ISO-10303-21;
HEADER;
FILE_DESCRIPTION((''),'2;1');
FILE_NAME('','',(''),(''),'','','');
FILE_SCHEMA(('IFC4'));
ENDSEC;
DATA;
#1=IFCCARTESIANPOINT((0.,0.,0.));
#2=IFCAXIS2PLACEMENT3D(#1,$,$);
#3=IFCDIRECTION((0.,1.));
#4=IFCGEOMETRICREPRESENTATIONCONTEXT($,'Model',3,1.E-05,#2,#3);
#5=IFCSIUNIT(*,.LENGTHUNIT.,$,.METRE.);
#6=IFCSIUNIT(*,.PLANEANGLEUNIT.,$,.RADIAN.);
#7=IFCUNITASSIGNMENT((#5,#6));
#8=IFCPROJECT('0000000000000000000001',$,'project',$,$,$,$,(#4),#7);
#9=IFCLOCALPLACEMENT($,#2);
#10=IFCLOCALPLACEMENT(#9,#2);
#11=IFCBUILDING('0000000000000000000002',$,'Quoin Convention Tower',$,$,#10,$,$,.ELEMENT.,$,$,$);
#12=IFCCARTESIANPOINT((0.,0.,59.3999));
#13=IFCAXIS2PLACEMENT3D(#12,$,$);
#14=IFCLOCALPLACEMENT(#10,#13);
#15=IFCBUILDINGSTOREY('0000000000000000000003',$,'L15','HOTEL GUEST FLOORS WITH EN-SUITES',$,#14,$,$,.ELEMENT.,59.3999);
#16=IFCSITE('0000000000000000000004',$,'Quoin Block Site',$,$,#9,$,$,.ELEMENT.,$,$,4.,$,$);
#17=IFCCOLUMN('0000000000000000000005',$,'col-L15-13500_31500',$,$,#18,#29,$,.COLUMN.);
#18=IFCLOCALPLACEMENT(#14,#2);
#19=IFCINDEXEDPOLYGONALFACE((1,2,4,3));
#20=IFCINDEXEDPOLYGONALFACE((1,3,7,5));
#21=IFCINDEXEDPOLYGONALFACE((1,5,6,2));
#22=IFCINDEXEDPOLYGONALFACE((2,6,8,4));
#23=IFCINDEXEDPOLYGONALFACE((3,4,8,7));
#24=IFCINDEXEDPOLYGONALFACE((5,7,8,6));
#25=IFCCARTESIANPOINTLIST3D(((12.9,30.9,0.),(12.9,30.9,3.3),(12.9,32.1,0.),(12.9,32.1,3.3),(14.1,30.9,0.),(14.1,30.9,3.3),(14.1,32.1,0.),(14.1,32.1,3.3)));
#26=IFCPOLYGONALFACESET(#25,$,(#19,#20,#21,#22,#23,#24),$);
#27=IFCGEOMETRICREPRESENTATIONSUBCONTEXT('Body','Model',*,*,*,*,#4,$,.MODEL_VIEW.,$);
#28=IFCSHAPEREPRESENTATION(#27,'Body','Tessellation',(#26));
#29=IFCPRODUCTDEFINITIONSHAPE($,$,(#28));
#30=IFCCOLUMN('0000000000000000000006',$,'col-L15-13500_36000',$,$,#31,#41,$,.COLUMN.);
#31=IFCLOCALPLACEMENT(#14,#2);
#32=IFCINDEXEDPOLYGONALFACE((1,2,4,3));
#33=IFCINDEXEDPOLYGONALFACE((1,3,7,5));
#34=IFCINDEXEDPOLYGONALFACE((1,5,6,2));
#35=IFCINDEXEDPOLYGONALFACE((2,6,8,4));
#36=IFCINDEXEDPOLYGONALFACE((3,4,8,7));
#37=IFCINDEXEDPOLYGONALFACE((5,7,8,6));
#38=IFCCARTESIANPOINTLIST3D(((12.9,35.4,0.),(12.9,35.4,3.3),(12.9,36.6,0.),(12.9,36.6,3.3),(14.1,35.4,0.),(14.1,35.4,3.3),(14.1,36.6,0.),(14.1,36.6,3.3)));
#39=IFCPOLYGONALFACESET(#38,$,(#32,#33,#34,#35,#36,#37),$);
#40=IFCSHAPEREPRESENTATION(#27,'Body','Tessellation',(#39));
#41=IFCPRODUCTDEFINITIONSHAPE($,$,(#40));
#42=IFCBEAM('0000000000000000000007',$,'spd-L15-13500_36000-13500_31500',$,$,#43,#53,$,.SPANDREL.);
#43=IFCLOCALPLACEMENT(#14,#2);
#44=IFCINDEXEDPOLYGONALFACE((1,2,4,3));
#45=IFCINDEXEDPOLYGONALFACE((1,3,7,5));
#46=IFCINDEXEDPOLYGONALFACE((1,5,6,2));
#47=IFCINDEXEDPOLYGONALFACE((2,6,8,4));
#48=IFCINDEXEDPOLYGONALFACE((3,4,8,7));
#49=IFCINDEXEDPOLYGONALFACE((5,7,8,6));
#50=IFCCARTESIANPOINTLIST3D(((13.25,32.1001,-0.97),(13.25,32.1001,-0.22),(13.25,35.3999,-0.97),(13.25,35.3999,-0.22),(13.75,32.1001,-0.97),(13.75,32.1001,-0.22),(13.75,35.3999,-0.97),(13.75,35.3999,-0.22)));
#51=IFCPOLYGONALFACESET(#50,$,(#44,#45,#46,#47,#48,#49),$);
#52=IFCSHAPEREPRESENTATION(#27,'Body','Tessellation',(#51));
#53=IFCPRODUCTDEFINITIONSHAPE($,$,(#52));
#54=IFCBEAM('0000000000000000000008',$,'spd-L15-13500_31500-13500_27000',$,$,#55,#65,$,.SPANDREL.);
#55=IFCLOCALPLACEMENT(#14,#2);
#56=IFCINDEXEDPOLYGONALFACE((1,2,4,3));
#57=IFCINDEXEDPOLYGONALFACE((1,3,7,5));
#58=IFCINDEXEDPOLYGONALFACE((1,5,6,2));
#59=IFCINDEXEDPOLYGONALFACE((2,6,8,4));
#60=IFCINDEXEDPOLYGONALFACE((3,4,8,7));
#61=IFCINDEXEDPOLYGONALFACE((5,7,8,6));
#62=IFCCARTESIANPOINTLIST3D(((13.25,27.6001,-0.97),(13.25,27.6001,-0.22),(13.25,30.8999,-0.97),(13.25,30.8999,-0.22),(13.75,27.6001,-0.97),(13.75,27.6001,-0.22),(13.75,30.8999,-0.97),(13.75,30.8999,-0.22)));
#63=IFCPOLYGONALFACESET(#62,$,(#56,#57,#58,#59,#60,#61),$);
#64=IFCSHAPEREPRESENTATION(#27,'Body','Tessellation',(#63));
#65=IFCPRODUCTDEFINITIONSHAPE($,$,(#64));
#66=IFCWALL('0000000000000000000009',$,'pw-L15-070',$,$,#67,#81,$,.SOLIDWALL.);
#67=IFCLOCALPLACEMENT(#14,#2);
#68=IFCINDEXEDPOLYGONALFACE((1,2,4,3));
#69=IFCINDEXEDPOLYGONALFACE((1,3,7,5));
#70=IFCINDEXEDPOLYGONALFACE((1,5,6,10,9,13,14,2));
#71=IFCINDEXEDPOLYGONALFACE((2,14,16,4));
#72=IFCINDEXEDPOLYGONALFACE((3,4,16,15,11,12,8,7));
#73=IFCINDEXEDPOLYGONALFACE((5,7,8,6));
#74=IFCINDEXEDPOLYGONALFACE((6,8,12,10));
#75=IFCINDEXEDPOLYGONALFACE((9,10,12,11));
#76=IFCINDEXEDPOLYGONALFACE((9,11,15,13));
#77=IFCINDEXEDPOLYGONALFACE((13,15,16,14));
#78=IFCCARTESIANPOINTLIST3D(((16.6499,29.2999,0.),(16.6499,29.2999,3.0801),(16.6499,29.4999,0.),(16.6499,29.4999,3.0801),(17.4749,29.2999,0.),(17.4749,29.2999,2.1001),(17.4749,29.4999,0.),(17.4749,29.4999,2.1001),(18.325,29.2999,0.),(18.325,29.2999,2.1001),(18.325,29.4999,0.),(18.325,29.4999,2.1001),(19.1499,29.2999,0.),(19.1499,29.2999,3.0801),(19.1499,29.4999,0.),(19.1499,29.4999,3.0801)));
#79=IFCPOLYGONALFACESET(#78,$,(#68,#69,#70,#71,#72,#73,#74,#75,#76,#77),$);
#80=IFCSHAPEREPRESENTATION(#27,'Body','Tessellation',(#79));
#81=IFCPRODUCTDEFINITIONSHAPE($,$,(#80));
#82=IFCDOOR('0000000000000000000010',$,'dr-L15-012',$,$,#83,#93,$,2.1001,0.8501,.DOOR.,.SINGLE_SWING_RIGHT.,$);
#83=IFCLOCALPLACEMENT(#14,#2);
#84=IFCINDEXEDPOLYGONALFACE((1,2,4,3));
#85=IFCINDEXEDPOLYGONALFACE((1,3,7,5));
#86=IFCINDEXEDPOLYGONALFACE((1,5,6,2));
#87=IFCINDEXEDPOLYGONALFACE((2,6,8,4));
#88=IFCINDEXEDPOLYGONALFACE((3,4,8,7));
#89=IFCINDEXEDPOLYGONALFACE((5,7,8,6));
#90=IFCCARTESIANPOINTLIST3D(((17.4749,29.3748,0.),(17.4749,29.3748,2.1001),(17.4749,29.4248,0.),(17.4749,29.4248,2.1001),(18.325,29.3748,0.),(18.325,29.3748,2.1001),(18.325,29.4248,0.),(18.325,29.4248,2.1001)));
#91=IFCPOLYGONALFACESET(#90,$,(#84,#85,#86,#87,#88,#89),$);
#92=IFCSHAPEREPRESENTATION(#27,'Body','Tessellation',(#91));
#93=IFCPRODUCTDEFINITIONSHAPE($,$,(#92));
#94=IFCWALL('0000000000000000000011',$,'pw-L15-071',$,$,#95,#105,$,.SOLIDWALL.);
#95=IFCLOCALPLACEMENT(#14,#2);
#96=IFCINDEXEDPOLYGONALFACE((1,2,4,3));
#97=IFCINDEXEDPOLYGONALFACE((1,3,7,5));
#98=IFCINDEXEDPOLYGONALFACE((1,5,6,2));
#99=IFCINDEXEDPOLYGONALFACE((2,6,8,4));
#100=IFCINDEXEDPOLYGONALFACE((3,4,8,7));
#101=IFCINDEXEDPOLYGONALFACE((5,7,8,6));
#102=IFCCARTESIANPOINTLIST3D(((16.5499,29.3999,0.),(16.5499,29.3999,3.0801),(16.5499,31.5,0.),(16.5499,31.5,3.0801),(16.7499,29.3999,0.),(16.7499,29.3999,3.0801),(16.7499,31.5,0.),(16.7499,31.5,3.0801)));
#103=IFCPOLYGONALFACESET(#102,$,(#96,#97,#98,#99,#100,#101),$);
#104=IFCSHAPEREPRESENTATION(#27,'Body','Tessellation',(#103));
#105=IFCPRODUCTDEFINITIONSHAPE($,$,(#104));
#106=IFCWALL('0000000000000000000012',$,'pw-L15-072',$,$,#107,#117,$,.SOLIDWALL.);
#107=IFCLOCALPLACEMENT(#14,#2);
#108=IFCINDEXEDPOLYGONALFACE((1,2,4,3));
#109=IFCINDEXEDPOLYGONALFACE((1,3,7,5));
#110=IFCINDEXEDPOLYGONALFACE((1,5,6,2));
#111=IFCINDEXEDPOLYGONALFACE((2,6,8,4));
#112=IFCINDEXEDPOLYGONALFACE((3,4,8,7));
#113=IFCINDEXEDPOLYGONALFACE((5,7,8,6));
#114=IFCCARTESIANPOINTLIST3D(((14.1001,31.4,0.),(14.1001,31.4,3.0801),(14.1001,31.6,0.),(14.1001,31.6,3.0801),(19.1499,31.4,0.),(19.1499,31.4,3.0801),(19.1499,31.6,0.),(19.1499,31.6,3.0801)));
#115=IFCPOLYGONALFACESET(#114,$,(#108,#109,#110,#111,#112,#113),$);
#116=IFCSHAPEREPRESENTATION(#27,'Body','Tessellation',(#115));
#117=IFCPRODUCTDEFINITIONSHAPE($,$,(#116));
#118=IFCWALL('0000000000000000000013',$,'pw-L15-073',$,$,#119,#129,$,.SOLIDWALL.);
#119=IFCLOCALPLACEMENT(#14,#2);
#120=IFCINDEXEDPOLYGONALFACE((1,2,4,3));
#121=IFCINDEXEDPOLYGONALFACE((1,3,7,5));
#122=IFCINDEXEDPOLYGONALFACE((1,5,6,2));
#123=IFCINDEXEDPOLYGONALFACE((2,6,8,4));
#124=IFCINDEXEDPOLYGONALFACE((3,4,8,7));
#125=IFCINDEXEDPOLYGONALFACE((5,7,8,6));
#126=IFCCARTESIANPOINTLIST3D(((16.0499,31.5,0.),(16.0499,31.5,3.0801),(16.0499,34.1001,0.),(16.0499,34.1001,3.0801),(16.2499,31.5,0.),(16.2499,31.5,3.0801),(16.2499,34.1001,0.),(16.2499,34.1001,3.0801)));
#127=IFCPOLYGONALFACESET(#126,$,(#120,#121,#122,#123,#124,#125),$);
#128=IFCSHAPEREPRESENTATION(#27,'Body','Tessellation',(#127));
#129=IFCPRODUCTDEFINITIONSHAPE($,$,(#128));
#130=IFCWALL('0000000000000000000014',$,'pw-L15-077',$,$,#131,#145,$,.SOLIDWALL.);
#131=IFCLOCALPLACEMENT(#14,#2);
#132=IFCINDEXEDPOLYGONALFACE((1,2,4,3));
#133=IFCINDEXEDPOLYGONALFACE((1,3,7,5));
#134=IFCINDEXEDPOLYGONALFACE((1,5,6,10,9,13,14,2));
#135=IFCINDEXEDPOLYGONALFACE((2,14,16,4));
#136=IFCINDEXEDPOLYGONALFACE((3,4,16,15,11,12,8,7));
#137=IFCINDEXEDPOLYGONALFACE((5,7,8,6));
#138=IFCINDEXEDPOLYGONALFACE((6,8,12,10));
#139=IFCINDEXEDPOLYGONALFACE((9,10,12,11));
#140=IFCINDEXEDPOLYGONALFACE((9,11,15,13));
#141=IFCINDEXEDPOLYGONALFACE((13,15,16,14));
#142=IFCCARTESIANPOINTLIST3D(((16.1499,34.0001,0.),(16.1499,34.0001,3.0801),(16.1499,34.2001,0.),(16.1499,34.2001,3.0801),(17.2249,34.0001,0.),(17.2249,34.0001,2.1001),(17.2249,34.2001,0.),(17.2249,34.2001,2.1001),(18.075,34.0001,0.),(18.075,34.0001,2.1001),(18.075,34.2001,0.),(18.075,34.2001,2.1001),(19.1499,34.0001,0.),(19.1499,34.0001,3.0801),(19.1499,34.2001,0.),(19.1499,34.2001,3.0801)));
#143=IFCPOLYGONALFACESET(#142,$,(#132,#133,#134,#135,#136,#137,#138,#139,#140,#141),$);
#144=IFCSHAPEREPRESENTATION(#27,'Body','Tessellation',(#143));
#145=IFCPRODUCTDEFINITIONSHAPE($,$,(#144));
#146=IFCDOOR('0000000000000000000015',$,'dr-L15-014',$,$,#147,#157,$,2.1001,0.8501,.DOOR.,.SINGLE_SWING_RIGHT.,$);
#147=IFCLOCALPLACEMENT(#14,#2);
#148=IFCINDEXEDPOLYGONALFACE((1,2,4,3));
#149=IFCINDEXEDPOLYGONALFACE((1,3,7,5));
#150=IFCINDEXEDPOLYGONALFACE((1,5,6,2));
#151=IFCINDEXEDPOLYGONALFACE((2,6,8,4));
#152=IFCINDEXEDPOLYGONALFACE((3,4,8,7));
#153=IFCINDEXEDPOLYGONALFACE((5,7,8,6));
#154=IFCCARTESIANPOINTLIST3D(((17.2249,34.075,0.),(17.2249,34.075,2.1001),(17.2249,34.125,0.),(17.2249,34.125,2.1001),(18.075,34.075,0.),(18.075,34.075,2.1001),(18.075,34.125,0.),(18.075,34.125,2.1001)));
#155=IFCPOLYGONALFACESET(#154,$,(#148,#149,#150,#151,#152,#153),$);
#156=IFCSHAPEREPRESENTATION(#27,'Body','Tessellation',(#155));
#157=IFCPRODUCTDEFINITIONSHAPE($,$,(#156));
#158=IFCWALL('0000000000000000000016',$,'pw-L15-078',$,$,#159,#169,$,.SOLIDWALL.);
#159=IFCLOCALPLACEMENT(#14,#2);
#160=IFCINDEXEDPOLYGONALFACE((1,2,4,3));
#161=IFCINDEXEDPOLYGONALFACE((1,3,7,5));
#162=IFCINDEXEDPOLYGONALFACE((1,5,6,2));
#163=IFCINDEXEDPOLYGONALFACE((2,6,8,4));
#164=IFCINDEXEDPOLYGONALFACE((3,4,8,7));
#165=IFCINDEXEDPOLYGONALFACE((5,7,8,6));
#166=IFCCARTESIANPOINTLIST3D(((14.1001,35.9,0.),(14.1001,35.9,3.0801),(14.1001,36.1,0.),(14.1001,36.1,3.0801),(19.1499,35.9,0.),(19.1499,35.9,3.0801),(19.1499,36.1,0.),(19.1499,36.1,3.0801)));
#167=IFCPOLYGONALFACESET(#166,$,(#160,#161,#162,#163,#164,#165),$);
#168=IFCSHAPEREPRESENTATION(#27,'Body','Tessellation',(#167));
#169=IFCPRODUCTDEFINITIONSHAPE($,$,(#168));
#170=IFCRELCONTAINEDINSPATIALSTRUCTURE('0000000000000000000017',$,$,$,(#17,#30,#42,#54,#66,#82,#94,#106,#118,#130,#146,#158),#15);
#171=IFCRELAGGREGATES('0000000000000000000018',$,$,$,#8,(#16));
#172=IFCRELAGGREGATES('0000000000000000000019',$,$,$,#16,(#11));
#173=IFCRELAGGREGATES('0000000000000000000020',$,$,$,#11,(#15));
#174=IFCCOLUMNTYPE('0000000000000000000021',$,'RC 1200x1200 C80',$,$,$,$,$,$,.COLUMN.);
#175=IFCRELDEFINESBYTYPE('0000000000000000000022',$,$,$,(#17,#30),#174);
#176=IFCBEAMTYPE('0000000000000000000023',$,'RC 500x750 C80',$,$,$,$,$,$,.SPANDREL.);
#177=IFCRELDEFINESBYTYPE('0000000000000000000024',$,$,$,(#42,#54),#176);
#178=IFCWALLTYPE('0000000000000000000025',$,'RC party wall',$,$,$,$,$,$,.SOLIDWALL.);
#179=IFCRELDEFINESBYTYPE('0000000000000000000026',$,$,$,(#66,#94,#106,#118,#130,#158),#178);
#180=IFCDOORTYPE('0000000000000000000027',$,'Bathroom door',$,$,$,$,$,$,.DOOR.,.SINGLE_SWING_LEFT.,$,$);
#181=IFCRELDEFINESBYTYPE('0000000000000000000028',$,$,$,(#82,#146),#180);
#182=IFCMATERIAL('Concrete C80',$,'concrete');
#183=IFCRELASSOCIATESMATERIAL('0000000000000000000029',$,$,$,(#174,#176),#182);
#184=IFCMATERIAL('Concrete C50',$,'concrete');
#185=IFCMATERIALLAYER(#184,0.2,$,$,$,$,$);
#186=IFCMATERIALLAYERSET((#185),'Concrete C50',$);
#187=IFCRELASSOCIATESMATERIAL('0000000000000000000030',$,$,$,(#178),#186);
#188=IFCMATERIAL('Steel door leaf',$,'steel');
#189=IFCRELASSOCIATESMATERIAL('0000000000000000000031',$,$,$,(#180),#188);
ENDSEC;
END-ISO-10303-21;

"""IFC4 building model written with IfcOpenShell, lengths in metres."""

from ifc_helpers import new_model, si_unit, direction, frame, frame_2d, origin, origin_2d, place, context, subcontext, project, spatial, rectangle, extrude, material, layer, layer_set, material_profile, profile_set, type_object, element, fill, save


model = new_model("IFC4")

# Units and contexts
model_context = context("Model", 3, precision=1e-05, world=origin(), true_north=direction((0.0, 1.0)))
body_context = subcontext(model_context, "Body", "Model", "MODEL_VIEW")
ifc_project = project(units=[si_unit("LENGTHUNIT", "METRE"), si_unit("PLANEANGLEUNIT", "RADIAN")], contexts=[model_context])

# Site, building, storey
site_placement = place(None, origin())
site = spatial("IfcSite", under=ifc_project, at=site_placement, Name="Quoin Block Site", CompositionType="ELEMENT", RefElevation=4.0)
building_placement = place(site_placement, origin())
building = spatial("IfcBuilding", under=site, at=building_placement, Name="Quoin Convention Tower", CompositionType="ELEMENT")
storey_placement = place(building_placement, frame((0.0, 0.0, 59.3999)))
storey = spatial("IfcBuildingStorey", under=building, at=storey_placement, Name="L15", Description="HOTEL GUEST FLOORS WITH EN-SUITES", CompositionType="ELEMENT", Elevation=59.3999)

# Columns
ifc_material_1 = material(Name="Concrete C80", Category="concrete")
ifc_material_profile_1 = material_profile(ifc_material_1, rectangle(XDim=1.2, YDim=1.2, at=origin_2d()), Name="RC 1200x1200")
ifc_profile_set_1 = profile_set([ifc_material_profile_1], Name="Concrete C80")
column_type = type_object("IfcColumnType", Name="RC 1200x1200 C80", PredefinedType="COLUMN", material=ifc_profile_set_1)
for number, where, z_axis, x_axis, name in (
    (1, (13.5, 31.5, 0.0), (0.0, 0.0, 1.0), (1.0, 0.0, 0.0), "col-L15-13500_31500"),
    (2, (13.5, 36.0, 0.0), (0.0, 0.0, 1.0), (1.0, 0.0, 0.0), "col-L15-13500_36000"),
):
    element("IfcColumn", number, at=place(storey_placement, frame(where, z_axis=z_axis, x_axis=x_axis)), inside=storey, type_object=column_type, Name=name, PredefinedType="COLUMN", context=body_context, shape_type="SweptSolid", body=[
        extrude(rectangle(XDim=1.2, YDim=1.2, at=origin_2d()), origin(), (0.0, 0.0, 1.0), 3.3),
    ])

# Beams
ifc_material_profile_2 = material_profile(ifc_material_1, rectangle(XDim=0.5, YDim=0.75, at=origin_2d()), Name="RC 500x750")
ifc_profile_set_2 = profile_set([ifc_material_profile_2], Name="Concrete C80")
beam_type = type_object("IfcBeamType", Name="RC 500x750 C80", PredefinedType="SPANDREL", material=ifc_profile_set_2)
for number, where, z_axis, x_axis, name in (
    (3, (13.5, 35.3999, -0.595), (0.0, -1.0, 0.0), (1.0, 0.0, 0.0), "spd-L15-13500_36000-13500_31500"),
    (4, (13.5, 30.8999, -0.595), (0.0, -1.0, 0.0), (1.0, 0.0, 0.0), "spd-L15-13500_31500-13500_27000"),
):
    element("IfcBeam", number, at=place(storey_placement, frame(where, z_axis=z_axis, x_axis=x_axis)), inside=storey, type_object=beam_type, Name=name, PredefinedType="SPANDREL", context=body_context, shape_type="SweptSolid", body=[
        extrude(rectangle(XDim=0.5, YDim=0.75, at=origin_2d()), origin(), (0.0, 0.0, 1.0), 3.2998),
    ])

# Wall, opening, door
ifc_material_2 = material(Name="Concrete C50", Category="concrete")
ifc_layer_1 = layer(ifc_material_2, 0.2)
ifc_layer_set_1 = layer_set([ifc_layer_1], Name="Concrete C50")
wall_type_1 = type_object("IfcWallType", Name="RC party wall", PredefinedType="SOLIDWALL", material=ifc_layer_set_1)
wall_1_placement = place(storey_placement, frame((16.6499, 29.3999, 0.0), z_axis=(0.0, 0.0, 1.0), x_axis=(1.0, 0.0, 0.0)))
wall_1 = element("IfcWall", 5, at=wall_1_placement, inside=storey, type_object=wall_type_1, Name="pw-L15-070", PredefinedType="SOLIDWALL", context=body_context, shape_type="SweptSolid", body=[
    extrude(rectangle(XDim=2.5, YDim=0.2, at=frame_2d((1.25, 0.0))), origin(), (0.0, 0.0, 1.0), 3.0801),
])
opening_1_placement = place(wall_1_placement, frame((0.825, 0.0, 0.0)))
opening_1 = element("IfcOpeningElement", 6, at=opening_1_placement, cuts=wall_1, PredefinedType="OPENING", context=body_context, shape_type="SweptSolid", body=[
    extrude(rectangle(XDim=0.8501, YDim=2.1001, at=frame_2d((0.425, 1.05))), frame((0.0, 0.1099, 0.0), z_axis=(0.0, -1.0, 0.0), x_axis=(1.0, 0.0, 0.0)), (0.0, 0.0, 1.0), 0.22),
])
ifc_material_3 = material(Name="Steel door leaf", Category="steel")
door_type = type_object("IfcDoorType", Name="Bathroom door", OperationType="SINGLE_SWING_LEFT", PredefinedType="DOOR", material=ifc_material_3)
door_1_placement = place(opening_1_placement, origin())
door_1 = element("IfcDoor", 7, at=door_1_placement, inside=storey, type_object=door_type, Name="dr-L15-012", OperationType="SINGLE_SWING_RIGHT", OverallHeight=2.1001, OverallWidth=0.8501, PredefinedType="DOOR", context=body_context, shape_type="SweptSolid", body=[
    extrude(rectangle(XDim=0.8501, YDim=2.1001, at=frame_2d((0.425, 1.05))), frame((0.0, 0.0249, 0.0), z_axis=(0.0, -1.0, 0.0), x_axis=(1.0, 0.0, 0.0)), (0.0, 0.0, 1.0), 0.05),
])
fill(opening_1, door_1)

# Walls
wall_2_placement = place(storey_placement, frame((16.6499, 29.3999, 0.0), z_axis=(0.0, 0.0, 1.0), x_axis=(0.0, 1.0, 0.0)))
element("IfcWall", 8, at=wall_2_placement, inside=storey, type_object=wall_type_1, Name="pw-L15-071", PredefinedType="SOLIDWALL", context=body_context, shape_type="SweptSolid", body=[
    extrude(rectangle(XDim=2.1001, YDim=0.2, at=frame_2d((1.05, 0.0))), origin(), (0.0, 0.0, 1.0), 3.0801),
])
wall_3_placement = place(storey_placement, frame((14.1001, 31.5, 0.0), z_axis=(0.0, 0.0, 1.0), x_axis=(1.0, 0.0, 0.0)))
element("IfcWall", 9, at=wall_3_placement, inside=storey, type_object=wall_type_1, Name="pw-L15-072", PredefinedType="SOLIDWALL", context=body_context, shape_type="SweptSolid", body=[
    extrude(rectangle(XDim=5.0498, YDim=0.2, at=frame_2d((2.5249, 0.0))), origin(), (0.0, 0.0, 1.0), 3.0801),
])
wall_4_placement = place(storey_placement, frame((16.1499, 31.5, 0.0), z_axis=(0.0, 0.0, 1.0), x_axis=(0.0, 1.0, 0.0)))
element("IfcWall", 10, at=wall_4_placement, inside=storey, type_object=wall_type_1, Name="pw-L15-073", PredefinedType="SOLIDWALL", context=body_context, shape_type="SweptSolid", body=[
    extrude(rectangle(XDim=2.6001, YDim=0.2, at=frame_2d((1.3, 0.0))), origin(), (0.0, 0.0, 1.0), 3.0801),
])

# Wall, opening, door
wall_5_placement = place(storey_placement, frame((16.1499, 34.1001, 0.0), z_axis=(0.0, 0.0, 1.0), x_axis=(1.0, 0.0, 0.0)))
wall_5 = element("IfcWall", 11, at=wall_5_placement, inside=storey, type_object=wall_type_1, Name="pw-L15-077", PredefinedType="SOLIDWALL", context=body_context, shape_type="SweptSolid", body=[
    extrude(rectangle(XDim=3.0, YDim=0.2, at=frame_2d((1.5, 0.0))), origin(), (0.0, 0.0, 1.0), 3.0801),
])
opening_2_placement = place(wall_5_placement, frame((1.075, 0.0, 0.0)))
opening_2 = element("IfcOpeningElement", 12, at=opening_2_placement, cuts=wall_5, PredefinedType="OPENING", context=body_context, shape_type="SweptSolid", body=[
    extrude(rectangle(XDim=0.8501, YDim=2.1001, at=frame_2d((0.425, 1.05))), frame((0.0, 0.1099, 0.0), z_axis=(0.0, -1.0, 0.0), x_axis=(1.0, 0.0, 0.0)), (0.0, 0.0, 1.0), 0.22),
])
door_2_placement = place(opening_2_placement, origin())
door_2 = element("IfcDoor", 13, at=door_2_placement, inside=storey, type_object=door_type, Name="dr-L15-014", OperationType="SINGLE_SWING_RIGHT", OverallHeight=2.1001, OverallWidth=0.8501, PredefinedType="DOOR", context=body_context, shape_type="SweptSolid", body=[
    extrude(rectangle(XDim=0.8501, YDim=2.1001, at=frame_2d((0.425, 1.05))), frame((0.0, 0.0249, 0.0), z_axis=(0.0, -1.0, 0.0), x_axis=(1.0, 0.0, 0.0)), (0.0, 0.0, 1.0), 0.05),
])
fill(opening_2, door_2)

# Wall
wall_6_placement = place(storey_placement, frame((14.1001, 36.0, 0.0), z_axis=(0.0, 0.0, 1.0), x_axis=(1.0, 0.0, 0.0)))
element("IfcWall", 14, at=wall_6_placement, inside=storey, type_object=wall_type_1, Name="pw-L15-078", PredefinedType="SOLIDWALL", context=body_context, shape_type="SweptSolid", body=[
    extrude(rectangle(XDim=5.0498, YDim=0.2, at=frame_2d((2.5249, 0.0))), origin(), (0.0, 0.0, 1.0), 3.0801),
])

save(model, "model.ifc")
